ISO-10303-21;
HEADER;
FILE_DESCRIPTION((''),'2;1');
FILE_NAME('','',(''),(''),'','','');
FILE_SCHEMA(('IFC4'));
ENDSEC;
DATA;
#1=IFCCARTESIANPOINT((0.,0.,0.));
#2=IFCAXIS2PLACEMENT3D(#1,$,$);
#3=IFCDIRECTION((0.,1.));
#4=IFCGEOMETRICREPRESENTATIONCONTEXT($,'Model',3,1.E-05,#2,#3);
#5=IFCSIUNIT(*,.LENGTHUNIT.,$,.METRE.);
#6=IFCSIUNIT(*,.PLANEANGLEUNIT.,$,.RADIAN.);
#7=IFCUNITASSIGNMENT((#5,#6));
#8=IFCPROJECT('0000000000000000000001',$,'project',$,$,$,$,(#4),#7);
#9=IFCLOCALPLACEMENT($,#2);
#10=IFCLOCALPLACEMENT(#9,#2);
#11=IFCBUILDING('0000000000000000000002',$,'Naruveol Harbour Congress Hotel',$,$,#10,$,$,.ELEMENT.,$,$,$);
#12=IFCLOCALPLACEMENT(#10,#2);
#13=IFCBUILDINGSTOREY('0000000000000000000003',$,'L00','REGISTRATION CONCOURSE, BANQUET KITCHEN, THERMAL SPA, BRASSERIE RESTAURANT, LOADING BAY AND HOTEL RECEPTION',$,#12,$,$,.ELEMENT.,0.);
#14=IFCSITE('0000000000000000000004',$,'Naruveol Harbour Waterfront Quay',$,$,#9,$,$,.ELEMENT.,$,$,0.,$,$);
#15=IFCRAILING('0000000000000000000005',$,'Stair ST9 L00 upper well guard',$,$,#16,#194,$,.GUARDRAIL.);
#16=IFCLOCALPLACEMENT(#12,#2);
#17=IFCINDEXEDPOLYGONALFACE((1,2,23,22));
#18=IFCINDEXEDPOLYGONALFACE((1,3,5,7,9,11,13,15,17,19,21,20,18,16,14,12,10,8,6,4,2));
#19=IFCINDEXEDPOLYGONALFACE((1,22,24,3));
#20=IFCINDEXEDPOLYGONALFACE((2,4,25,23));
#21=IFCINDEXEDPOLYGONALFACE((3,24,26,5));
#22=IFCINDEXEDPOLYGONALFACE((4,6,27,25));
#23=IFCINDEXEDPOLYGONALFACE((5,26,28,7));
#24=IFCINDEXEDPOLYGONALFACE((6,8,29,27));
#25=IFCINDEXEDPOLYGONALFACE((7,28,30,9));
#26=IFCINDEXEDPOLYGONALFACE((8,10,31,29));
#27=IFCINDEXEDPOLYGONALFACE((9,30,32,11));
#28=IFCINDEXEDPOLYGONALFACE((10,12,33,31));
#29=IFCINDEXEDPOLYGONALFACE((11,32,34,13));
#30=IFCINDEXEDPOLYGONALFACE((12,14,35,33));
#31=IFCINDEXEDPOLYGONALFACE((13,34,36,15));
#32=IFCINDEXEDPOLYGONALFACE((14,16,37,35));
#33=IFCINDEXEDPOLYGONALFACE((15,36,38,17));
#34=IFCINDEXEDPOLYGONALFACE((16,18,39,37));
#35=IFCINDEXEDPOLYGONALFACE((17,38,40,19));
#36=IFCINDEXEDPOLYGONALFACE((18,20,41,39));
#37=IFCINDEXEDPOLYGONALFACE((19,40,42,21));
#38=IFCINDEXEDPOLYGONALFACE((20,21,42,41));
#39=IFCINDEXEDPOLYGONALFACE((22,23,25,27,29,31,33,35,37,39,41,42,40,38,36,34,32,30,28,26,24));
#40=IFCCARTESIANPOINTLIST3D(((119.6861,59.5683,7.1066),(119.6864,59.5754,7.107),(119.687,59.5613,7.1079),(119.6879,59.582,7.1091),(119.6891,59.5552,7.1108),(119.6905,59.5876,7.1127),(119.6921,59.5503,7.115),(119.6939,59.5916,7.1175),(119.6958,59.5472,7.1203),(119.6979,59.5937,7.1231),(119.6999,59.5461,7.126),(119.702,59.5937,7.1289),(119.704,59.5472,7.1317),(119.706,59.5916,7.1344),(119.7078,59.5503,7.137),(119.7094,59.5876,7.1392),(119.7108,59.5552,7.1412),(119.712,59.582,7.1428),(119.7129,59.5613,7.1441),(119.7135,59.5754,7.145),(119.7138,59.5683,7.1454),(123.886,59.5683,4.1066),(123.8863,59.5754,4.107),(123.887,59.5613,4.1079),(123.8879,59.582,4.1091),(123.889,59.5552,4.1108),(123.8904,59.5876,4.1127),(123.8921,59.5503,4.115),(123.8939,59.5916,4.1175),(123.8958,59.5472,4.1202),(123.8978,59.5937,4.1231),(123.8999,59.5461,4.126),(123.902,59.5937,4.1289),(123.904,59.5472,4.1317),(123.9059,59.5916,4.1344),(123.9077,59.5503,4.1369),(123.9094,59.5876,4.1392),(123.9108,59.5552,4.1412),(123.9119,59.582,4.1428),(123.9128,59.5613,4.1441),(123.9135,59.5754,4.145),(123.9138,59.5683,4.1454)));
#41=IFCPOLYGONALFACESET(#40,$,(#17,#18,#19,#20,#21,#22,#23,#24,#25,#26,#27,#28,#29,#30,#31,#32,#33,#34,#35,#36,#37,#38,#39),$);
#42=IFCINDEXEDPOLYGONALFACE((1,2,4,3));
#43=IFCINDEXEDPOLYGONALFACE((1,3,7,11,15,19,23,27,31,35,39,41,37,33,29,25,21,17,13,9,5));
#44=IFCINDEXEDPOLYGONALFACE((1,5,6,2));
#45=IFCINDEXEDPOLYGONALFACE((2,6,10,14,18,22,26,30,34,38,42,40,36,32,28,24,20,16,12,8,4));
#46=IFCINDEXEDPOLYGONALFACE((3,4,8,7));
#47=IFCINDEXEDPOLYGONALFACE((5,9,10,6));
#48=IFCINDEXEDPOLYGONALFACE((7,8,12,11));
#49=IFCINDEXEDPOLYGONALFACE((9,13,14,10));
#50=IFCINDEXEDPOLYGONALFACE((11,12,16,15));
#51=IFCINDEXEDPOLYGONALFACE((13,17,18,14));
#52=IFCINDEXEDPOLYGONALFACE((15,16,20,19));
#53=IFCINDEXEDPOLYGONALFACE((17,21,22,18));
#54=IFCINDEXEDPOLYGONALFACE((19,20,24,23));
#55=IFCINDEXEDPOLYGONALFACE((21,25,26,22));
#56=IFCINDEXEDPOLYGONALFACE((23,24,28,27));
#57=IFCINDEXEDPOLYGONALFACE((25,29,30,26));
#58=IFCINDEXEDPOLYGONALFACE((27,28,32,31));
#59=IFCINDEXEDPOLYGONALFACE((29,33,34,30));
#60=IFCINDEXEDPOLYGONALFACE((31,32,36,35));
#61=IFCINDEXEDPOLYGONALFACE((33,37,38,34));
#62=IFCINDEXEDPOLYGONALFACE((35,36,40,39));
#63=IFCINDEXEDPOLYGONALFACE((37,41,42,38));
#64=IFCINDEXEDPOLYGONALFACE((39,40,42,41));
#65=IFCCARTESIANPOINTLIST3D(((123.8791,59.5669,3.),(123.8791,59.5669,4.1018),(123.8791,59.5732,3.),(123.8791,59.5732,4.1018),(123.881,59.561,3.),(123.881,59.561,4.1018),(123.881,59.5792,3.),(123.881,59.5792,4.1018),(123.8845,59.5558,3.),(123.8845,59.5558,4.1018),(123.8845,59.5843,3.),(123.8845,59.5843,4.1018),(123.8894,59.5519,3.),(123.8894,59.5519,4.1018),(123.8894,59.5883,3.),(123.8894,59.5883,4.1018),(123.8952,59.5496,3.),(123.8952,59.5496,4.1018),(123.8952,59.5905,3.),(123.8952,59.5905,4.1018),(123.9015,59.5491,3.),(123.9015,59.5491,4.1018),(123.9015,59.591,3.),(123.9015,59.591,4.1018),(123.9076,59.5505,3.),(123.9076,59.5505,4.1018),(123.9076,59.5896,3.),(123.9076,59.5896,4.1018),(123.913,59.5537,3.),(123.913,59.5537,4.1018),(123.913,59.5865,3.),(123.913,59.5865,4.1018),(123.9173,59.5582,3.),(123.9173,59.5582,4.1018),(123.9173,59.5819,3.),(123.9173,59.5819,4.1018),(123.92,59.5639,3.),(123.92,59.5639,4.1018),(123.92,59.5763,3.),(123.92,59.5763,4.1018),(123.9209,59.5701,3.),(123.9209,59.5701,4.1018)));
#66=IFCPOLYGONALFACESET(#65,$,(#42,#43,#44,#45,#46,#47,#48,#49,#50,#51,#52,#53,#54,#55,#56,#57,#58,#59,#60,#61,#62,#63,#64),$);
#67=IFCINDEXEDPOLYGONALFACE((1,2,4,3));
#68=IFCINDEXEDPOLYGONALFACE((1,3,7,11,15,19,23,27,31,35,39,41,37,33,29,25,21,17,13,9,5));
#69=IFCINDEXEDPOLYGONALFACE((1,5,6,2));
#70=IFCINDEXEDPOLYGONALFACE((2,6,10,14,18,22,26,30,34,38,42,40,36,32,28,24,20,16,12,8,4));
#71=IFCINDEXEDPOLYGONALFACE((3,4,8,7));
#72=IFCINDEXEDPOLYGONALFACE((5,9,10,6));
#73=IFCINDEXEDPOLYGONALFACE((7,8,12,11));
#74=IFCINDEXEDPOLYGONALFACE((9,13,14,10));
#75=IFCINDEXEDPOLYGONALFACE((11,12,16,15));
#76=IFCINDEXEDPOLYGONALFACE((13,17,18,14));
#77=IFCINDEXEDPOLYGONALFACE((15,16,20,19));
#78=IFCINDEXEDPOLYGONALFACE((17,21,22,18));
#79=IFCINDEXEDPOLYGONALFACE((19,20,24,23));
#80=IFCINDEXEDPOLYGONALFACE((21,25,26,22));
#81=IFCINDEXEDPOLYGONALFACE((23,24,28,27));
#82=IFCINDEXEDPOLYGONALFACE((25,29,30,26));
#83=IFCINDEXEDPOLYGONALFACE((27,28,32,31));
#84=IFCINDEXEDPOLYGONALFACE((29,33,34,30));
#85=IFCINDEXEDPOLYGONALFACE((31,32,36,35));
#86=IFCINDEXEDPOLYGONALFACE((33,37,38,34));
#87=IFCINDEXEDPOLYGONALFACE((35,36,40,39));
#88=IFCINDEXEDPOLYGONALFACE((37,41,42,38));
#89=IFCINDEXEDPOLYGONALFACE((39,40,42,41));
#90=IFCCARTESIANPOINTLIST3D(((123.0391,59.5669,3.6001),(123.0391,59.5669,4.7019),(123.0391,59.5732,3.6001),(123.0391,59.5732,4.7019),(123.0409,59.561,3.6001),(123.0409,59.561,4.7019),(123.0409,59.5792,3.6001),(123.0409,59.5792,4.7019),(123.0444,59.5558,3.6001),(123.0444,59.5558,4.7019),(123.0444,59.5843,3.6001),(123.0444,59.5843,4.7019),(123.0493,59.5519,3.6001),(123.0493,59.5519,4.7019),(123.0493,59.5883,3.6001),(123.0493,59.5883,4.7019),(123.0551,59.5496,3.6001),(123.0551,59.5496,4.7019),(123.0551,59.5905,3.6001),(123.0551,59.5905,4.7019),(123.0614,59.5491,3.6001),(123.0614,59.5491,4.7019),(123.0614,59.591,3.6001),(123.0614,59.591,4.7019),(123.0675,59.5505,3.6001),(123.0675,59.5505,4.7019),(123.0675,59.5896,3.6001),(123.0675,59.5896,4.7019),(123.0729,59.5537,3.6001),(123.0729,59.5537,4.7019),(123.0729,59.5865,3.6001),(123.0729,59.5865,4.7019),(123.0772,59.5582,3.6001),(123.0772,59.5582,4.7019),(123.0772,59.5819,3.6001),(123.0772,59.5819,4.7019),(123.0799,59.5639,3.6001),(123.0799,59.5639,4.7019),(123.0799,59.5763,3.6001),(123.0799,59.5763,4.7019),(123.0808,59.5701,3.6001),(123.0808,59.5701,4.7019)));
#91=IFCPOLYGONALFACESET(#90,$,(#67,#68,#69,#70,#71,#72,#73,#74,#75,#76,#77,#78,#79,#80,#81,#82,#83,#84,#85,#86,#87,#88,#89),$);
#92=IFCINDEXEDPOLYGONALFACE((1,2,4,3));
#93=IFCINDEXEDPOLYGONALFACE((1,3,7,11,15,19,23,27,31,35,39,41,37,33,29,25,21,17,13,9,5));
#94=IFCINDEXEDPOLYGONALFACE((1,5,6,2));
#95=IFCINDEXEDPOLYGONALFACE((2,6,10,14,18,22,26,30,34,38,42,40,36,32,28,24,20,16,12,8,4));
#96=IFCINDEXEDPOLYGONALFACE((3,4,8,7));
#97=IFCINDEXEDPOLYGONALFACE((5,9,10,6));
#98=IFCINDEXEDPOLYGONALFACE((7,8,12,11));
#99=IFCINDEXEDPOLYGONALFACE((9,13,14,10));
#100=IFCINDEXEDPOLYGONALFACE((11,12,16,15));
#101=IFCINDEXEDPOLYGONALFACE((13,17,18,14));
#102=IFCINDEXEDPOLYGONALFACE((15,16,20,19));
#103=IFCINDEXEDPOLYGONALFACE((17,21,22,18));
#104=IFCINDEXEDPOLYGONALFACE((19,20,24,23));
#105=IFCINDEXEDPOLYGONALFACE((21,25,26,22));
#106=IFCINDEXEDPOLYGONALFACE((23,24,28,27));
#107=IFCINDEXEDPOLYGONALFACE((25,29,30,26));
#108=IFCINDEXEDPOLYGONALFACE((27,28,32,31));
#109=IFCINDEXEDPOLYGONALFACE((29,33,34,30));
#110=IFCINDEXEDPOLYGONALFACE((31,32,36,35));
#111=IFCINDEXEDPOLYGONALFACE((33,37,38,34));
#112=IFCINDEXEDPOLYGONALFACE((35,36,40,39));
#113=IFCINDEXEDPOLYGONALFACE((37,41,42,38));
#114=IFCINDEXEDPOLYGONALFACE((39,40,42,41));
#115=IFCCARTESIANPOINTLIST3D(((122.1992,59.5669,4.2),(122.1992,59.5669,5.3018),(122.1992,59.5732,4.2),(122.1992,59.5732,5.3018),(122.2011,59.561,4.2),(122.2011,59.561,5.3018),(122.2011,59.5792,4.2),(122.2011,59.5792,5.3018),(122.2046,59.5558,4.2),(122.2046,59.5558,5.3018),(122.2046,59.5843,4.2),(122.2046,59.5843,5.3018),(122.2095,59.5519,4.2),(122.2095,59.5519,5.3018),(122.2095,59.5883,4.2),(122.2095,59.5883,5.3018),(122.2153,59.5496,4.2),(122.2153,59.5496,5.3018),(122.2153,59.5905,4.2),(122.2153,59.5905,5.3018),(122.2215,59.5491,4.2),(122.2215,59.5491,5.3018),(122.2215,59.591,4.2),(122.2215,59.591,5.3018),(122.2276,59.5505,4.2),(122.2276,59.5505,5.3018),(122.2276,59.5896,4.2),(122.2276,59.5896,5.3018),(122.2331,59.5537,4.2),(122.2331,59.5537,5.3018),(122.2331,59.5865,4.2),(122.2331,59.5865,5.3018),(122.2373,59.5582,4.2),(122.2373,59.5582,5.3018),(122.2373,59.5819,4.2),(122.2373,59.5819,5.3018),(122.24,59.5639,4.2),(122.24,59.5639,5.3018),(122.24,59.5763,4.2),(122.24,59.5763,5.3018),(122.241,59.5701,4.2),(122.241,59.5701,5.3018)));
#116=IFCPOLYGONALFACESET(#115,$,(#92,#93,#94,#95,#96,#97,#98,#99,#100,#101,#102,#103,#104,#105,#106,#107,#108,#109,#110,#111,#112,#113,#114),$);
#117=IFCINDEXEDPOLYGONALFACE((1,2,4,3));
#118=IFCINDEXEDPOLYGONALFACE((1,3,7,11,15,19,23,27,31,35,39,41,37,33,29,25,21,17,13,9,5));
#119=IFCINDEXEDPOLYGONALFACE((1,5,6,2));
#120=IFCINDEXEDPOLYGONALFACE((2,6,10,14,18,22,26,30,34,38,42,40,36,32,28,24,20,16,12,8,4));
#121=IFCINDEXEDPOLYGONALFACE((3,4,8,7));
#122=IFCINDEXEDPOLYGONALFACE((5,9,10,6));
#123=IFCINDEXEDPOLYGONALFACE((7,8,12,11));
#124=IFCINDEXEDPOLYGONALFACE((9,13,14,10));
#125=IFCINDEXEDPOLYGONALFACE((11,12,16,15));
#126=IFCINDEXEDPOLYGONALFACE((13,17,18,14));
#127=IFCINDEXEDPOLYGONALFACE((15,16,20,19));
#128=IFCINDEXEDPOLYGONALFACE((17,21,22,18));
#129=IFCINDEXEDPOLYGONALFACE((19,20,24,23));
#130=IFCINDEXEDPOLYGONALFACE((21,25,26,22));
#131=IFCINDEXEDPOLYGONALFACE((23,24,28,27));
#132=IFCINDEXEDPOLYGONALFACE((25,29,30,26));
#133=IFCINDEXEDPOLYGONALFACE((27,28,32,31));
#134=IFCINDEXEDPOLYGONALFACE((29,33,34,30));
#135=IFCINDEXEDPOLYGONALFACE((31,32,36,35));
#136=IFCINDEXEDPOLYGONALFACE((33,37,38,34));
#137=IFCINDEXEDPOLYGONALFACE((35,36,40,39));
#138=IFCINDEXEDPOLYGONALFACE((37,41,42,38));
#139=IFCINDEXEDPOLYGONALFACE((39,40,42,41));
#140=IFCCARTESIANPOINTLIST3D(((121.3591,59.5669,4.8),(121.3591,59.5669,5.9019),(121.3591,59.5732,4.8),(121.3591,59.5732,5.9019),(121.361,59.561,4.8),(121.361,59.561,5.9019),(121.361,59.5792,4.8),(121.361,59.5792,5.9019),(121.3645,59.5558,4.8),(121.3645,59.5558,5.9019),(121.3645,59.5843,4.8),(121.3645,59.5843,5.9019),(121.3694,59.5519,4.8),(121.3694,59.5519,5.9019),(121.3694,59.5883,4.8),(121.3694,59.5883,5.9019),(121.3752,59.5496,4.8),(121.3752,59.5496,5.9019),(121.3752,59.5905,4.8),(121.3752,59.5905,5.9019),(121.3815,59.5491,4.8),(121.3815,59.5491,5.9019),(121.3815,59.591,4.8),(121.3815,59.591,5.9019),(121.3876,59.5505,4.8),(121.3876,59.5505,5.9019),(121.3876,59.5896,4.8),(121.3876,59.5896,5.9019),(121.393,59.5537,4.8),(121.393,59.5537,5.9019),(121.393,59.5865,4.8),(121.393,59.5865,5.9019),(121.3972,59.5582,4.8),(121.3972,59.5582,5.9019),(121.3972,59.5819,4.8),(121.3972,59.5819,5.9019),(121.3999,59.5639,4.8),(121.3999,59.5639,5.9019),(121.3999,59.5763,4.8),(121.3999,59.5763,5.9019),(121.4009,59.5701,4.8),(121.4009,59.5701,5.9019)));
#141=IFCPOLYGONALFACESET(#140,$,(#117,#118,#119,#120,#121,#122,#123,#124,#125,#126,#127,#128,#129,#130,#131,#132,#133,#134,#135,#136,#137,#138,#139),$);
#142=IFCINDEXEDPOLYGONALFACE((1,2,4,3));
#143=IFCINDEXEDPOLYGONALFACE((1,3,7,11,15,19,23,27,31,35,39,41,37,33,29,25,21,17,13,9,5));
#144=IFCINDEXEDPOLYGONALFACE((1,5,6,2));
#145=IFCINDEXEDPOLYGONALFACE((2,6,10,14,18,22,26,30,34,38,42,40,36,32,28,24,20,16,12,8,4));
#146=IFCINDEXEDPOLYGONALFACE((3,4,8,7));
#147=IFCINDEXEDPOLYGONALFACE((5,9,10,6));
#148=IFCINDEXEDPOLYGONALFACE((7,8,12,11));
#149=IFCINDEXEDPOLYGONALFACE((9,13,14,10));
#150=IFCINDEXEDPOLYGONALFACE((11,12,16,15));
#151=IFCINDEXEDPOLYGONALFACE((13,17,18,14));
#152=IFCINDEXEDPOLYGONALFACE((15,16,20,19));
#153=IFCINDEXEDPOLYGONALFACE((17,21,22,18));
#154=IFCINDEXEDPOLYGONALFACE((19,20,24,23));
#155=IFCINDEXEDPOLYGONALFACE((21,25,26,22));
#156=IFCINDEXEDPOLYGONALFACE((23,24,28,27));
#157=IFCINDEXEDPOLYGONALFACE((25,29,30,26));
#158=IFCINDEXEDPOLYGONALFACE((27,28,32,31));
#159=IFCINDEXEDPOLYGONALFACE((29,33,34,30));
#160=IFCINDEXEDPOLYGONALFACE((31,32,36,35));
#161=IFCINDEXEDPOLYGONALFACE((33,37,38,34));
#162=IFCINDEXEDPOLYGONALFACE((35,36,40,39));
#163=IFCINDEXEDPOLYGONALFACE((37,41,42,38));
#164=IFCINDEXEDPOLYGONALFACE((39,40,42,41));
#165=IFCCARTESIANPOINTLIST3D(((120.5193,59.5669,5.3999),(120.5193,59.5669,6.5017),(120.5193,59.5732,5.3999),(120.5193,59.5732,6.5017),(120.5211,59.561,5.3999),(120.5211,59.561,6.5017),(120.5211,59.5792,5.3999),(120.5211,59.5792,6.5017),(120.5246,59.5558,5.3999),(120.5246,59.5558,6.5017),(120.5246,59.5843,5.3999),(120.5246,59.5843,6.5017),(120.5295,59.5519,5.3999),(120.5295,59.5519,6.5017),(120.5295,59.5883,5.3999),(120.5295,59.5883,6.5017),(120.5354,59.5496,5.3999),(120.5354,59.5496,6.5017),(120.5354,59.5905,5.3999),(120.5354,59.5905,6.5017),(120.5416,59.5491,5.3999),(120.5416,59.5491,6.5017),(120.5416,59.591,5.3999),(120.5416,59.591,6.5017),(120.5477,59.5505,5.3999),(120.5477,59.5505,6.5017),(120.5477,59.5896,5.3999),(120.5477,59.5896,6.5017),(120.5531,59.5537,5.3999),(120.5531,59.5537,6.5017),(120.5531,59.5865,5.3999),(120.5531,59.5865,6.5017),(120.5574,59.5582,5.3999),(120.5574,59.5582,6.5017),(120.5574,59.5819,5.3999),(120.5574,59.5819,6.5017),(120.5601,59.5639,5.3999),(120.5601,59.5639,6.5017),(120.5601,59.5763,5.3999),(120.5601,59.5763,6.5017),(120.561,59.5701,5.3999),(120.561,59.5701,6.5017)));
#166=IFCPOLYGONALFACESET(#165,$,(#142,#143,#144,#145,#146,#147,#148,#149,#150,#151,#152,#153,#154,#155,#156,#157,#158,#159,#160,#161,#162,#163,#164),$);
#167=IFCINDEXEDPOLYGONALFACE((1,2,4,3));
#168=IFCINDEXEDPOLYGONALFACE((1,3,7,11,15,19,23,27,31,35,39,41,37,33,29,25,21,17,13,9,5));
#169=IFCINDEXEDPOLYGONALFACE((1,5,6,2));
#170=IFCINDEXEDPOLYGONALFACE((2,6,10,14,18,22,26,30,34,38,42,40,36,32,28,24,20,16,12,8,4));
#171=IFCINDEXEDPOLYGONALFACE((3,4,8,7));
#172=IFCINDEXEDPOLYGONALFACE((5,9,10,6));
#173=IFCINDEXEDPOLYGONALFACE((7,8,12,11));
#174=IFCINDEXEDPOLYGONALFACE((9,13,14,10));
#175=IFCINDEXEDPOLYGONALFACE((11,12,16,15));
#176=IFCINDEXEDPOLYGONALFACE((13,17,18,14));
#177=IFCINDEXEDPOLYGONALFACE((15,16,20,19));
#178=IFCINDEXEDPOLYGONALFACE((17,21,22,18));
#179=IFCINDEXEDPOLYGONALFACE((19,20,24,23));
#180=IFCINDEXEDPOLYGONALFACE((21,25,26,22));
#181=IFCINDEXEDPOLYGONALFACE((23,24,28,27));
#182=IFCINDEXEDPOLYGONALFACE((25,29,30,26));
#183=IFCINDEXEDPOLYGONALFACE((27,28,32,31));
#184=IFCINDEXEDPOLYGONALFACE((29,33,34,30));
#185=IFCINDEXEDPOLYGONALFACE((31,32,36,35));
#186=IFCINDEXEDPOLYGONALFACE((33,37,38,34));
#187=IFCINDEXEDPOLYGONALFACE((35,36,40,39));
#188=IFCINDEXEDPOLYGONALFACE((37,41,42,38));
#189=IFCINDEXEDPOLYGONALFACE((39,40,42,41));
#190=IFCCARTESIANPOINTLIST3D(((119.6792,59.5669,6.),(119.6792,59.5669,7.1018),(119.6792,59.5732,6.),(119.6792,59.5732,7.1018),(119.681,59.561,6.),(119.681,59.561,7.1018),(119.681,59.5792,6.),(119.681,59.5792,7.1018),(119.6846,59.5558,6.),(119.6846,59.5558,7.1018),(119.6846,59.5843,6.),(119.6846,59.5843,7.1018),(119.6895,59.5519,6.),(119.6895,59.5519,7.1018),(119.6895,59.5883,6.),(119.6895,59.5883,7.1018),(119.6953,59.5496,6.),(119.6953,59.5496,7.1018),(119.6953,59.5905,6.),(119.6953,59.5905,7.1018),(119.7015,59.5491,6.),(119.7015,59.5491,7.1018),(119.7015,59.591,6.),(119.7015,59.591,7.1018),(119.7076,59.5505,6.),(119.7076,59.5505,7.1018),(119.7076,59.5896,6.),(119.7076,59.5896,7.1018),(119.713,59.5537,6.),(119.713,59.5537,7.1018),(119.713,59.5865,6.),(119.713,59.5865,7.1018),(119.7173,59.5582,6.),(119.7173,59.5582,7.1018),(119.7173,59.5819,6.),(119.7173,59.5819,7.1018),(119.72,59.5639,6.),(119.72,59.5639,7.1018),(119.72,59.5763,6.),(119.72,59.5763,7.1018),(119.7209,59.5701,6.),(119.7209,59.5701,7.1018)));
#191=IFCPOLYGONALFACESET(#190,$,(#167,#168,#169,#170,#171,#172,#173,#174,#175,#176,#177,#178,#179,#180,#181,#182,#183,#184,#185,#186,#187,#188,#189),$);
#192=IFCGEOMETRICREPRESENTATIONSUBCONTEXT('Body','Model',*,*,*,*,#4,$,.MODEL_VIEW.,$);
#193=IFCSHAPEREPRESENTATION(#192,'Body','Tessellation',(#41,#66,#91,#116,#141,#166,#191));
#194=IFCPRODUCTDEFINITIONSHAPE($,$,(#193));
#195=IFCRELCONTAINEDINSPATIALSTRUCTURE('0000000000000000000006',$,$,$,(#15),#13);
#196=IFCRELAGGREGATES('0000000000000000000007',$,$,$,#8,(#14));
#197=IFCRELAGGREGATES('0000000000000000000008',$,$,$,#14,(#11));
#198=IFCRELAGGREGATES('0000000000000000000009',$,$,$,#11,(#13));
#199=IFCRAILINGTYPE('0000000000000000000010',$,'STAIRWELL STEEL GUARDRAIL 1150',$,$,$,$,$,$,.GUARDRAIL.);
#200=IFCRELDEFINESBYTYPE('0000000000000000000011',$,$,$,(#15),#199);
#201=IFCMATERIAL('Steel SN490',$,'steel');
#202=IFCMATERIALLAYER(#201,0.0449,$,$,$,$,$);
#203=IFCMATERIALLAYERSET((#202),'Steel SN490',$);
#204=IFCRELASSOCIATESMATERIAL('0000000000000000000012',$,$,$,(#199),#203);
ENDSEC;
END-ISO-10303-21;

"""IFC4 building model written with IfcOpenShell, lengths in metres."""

from ifc_helpers import new_model, si_unit, direction, frame, origin, origin_2d, place, context, subcontext, project, spatial, circle, extrude, material, layer, layer_set, type_object, element, save


model = new_model("IFC4")

# Units and contexts
model_context = context("Model", 3, precision=1e-05, world=origin(), true_north=direction((0.0, 1.0)))
body_context = subcontext(model_context, "Body", "Model", "MODEL_VIEW")
ifc_project = project(units=[si_unit("LENGTHUNIT", "METRE"), si_unit("PLANEANGLEUNIT", "RADIAN")], contexts=[model_context])

# Site, building, storey
site_placement = place(None, origin())
site = spatial("IfcSite", under=ifc_project, at=site_placement, Name="Naruveol Harbour Waterfront Quay", CompositionType="ELEMENT", RefElevation=0.0)
building_placement = place(site_placement, origin())
building = spatial("IfcBuilding", under=site, at=building_placement, Name="Naruveol Harbour Congress Hotel", CompositionType="ELEMENT")
storey_placement = place(building_placement, origin())
storey = spatial("IfcBuildingStorey", under=building, at=storey_placement, Name="L00", Description="REGISTRATION CONCOURSE, BANQUET KITCHEN, THERMAL SPA, BRASSERIE RESTAURANT, LOADING BAY AND HOTEL RECEPTION", CompositionType="ELEMENT", Elevation=0.0)

# Railing
ifc_material_1 = material(Name="Steel SN490", Category="steel")
ifc_layer_1 = layer(ifc_material_1, 0.0449)
ifc_layer_set_1 = layer_set([ifc_layer_1], Name="Steel SN490")
railing_type_1 = type_object("IfcRailingType", Name="STAIRWELL STEEL GUARDRAIL 1150", PredefinedType="GUARDRAIL", material=ifc_layer_set_1)
railing_1_placement = place(storey_placement, frame((123.8999, 59.5701, 3.0)))
element("IfcRailing", 1, at=railing_1_placement, inside=storey, type_object=railing_type_1, Name="Stair ST9 L00 upper well guard", PredefinedType="GUARDRAIL", context=body_context, shape_type="SweptSolid", body=[
    extrude(circle(Radius=0.0239, at=origin_2d()), frame((0.0, 0.0, 1.126), z_axis=(-0.81373, 0.0, 0.581243), x_axis=(0.0, -1.0, 0.0)), (0.0, 0.0, 1.0), 5.1614),
    extrude(circle(Radius=0.021, at=origin_2d()), origin(), (0.0, 0.0, 1.0), 1.1018),
    extrude(circle(Radius=0.021, at=origin_2d()), frame((-0.8401, 0.0, 0.6001)), (0.0, 0.0, 1.0), 1.1018),
    extrude(circle(Radius=0.021, at=origin_2d()), frame((-1.6799, 0.0, 1.2)), (0.0, 0.0, 1.0), 1.1018),
    extrude(circle(Radius=0.021, at=origin_2d()), frame((-2.52, 0.0, 1.8)), (0.0, 0.0, 1.0), 1.1018),
    extrude(circle(Radius=0.021, at=origin_2d()), frame((-3.3599, 0.0, 2.3999)), (0.0, 0.0, 1.0), 1.1018),
    extrude(circle(Radius=0.021, at=origin_2d()), frame((-4.2, 0.0, 3.0)), (0.0, 0.0, 1.0), 1.1018),
])

save(model, "model.ifc")
